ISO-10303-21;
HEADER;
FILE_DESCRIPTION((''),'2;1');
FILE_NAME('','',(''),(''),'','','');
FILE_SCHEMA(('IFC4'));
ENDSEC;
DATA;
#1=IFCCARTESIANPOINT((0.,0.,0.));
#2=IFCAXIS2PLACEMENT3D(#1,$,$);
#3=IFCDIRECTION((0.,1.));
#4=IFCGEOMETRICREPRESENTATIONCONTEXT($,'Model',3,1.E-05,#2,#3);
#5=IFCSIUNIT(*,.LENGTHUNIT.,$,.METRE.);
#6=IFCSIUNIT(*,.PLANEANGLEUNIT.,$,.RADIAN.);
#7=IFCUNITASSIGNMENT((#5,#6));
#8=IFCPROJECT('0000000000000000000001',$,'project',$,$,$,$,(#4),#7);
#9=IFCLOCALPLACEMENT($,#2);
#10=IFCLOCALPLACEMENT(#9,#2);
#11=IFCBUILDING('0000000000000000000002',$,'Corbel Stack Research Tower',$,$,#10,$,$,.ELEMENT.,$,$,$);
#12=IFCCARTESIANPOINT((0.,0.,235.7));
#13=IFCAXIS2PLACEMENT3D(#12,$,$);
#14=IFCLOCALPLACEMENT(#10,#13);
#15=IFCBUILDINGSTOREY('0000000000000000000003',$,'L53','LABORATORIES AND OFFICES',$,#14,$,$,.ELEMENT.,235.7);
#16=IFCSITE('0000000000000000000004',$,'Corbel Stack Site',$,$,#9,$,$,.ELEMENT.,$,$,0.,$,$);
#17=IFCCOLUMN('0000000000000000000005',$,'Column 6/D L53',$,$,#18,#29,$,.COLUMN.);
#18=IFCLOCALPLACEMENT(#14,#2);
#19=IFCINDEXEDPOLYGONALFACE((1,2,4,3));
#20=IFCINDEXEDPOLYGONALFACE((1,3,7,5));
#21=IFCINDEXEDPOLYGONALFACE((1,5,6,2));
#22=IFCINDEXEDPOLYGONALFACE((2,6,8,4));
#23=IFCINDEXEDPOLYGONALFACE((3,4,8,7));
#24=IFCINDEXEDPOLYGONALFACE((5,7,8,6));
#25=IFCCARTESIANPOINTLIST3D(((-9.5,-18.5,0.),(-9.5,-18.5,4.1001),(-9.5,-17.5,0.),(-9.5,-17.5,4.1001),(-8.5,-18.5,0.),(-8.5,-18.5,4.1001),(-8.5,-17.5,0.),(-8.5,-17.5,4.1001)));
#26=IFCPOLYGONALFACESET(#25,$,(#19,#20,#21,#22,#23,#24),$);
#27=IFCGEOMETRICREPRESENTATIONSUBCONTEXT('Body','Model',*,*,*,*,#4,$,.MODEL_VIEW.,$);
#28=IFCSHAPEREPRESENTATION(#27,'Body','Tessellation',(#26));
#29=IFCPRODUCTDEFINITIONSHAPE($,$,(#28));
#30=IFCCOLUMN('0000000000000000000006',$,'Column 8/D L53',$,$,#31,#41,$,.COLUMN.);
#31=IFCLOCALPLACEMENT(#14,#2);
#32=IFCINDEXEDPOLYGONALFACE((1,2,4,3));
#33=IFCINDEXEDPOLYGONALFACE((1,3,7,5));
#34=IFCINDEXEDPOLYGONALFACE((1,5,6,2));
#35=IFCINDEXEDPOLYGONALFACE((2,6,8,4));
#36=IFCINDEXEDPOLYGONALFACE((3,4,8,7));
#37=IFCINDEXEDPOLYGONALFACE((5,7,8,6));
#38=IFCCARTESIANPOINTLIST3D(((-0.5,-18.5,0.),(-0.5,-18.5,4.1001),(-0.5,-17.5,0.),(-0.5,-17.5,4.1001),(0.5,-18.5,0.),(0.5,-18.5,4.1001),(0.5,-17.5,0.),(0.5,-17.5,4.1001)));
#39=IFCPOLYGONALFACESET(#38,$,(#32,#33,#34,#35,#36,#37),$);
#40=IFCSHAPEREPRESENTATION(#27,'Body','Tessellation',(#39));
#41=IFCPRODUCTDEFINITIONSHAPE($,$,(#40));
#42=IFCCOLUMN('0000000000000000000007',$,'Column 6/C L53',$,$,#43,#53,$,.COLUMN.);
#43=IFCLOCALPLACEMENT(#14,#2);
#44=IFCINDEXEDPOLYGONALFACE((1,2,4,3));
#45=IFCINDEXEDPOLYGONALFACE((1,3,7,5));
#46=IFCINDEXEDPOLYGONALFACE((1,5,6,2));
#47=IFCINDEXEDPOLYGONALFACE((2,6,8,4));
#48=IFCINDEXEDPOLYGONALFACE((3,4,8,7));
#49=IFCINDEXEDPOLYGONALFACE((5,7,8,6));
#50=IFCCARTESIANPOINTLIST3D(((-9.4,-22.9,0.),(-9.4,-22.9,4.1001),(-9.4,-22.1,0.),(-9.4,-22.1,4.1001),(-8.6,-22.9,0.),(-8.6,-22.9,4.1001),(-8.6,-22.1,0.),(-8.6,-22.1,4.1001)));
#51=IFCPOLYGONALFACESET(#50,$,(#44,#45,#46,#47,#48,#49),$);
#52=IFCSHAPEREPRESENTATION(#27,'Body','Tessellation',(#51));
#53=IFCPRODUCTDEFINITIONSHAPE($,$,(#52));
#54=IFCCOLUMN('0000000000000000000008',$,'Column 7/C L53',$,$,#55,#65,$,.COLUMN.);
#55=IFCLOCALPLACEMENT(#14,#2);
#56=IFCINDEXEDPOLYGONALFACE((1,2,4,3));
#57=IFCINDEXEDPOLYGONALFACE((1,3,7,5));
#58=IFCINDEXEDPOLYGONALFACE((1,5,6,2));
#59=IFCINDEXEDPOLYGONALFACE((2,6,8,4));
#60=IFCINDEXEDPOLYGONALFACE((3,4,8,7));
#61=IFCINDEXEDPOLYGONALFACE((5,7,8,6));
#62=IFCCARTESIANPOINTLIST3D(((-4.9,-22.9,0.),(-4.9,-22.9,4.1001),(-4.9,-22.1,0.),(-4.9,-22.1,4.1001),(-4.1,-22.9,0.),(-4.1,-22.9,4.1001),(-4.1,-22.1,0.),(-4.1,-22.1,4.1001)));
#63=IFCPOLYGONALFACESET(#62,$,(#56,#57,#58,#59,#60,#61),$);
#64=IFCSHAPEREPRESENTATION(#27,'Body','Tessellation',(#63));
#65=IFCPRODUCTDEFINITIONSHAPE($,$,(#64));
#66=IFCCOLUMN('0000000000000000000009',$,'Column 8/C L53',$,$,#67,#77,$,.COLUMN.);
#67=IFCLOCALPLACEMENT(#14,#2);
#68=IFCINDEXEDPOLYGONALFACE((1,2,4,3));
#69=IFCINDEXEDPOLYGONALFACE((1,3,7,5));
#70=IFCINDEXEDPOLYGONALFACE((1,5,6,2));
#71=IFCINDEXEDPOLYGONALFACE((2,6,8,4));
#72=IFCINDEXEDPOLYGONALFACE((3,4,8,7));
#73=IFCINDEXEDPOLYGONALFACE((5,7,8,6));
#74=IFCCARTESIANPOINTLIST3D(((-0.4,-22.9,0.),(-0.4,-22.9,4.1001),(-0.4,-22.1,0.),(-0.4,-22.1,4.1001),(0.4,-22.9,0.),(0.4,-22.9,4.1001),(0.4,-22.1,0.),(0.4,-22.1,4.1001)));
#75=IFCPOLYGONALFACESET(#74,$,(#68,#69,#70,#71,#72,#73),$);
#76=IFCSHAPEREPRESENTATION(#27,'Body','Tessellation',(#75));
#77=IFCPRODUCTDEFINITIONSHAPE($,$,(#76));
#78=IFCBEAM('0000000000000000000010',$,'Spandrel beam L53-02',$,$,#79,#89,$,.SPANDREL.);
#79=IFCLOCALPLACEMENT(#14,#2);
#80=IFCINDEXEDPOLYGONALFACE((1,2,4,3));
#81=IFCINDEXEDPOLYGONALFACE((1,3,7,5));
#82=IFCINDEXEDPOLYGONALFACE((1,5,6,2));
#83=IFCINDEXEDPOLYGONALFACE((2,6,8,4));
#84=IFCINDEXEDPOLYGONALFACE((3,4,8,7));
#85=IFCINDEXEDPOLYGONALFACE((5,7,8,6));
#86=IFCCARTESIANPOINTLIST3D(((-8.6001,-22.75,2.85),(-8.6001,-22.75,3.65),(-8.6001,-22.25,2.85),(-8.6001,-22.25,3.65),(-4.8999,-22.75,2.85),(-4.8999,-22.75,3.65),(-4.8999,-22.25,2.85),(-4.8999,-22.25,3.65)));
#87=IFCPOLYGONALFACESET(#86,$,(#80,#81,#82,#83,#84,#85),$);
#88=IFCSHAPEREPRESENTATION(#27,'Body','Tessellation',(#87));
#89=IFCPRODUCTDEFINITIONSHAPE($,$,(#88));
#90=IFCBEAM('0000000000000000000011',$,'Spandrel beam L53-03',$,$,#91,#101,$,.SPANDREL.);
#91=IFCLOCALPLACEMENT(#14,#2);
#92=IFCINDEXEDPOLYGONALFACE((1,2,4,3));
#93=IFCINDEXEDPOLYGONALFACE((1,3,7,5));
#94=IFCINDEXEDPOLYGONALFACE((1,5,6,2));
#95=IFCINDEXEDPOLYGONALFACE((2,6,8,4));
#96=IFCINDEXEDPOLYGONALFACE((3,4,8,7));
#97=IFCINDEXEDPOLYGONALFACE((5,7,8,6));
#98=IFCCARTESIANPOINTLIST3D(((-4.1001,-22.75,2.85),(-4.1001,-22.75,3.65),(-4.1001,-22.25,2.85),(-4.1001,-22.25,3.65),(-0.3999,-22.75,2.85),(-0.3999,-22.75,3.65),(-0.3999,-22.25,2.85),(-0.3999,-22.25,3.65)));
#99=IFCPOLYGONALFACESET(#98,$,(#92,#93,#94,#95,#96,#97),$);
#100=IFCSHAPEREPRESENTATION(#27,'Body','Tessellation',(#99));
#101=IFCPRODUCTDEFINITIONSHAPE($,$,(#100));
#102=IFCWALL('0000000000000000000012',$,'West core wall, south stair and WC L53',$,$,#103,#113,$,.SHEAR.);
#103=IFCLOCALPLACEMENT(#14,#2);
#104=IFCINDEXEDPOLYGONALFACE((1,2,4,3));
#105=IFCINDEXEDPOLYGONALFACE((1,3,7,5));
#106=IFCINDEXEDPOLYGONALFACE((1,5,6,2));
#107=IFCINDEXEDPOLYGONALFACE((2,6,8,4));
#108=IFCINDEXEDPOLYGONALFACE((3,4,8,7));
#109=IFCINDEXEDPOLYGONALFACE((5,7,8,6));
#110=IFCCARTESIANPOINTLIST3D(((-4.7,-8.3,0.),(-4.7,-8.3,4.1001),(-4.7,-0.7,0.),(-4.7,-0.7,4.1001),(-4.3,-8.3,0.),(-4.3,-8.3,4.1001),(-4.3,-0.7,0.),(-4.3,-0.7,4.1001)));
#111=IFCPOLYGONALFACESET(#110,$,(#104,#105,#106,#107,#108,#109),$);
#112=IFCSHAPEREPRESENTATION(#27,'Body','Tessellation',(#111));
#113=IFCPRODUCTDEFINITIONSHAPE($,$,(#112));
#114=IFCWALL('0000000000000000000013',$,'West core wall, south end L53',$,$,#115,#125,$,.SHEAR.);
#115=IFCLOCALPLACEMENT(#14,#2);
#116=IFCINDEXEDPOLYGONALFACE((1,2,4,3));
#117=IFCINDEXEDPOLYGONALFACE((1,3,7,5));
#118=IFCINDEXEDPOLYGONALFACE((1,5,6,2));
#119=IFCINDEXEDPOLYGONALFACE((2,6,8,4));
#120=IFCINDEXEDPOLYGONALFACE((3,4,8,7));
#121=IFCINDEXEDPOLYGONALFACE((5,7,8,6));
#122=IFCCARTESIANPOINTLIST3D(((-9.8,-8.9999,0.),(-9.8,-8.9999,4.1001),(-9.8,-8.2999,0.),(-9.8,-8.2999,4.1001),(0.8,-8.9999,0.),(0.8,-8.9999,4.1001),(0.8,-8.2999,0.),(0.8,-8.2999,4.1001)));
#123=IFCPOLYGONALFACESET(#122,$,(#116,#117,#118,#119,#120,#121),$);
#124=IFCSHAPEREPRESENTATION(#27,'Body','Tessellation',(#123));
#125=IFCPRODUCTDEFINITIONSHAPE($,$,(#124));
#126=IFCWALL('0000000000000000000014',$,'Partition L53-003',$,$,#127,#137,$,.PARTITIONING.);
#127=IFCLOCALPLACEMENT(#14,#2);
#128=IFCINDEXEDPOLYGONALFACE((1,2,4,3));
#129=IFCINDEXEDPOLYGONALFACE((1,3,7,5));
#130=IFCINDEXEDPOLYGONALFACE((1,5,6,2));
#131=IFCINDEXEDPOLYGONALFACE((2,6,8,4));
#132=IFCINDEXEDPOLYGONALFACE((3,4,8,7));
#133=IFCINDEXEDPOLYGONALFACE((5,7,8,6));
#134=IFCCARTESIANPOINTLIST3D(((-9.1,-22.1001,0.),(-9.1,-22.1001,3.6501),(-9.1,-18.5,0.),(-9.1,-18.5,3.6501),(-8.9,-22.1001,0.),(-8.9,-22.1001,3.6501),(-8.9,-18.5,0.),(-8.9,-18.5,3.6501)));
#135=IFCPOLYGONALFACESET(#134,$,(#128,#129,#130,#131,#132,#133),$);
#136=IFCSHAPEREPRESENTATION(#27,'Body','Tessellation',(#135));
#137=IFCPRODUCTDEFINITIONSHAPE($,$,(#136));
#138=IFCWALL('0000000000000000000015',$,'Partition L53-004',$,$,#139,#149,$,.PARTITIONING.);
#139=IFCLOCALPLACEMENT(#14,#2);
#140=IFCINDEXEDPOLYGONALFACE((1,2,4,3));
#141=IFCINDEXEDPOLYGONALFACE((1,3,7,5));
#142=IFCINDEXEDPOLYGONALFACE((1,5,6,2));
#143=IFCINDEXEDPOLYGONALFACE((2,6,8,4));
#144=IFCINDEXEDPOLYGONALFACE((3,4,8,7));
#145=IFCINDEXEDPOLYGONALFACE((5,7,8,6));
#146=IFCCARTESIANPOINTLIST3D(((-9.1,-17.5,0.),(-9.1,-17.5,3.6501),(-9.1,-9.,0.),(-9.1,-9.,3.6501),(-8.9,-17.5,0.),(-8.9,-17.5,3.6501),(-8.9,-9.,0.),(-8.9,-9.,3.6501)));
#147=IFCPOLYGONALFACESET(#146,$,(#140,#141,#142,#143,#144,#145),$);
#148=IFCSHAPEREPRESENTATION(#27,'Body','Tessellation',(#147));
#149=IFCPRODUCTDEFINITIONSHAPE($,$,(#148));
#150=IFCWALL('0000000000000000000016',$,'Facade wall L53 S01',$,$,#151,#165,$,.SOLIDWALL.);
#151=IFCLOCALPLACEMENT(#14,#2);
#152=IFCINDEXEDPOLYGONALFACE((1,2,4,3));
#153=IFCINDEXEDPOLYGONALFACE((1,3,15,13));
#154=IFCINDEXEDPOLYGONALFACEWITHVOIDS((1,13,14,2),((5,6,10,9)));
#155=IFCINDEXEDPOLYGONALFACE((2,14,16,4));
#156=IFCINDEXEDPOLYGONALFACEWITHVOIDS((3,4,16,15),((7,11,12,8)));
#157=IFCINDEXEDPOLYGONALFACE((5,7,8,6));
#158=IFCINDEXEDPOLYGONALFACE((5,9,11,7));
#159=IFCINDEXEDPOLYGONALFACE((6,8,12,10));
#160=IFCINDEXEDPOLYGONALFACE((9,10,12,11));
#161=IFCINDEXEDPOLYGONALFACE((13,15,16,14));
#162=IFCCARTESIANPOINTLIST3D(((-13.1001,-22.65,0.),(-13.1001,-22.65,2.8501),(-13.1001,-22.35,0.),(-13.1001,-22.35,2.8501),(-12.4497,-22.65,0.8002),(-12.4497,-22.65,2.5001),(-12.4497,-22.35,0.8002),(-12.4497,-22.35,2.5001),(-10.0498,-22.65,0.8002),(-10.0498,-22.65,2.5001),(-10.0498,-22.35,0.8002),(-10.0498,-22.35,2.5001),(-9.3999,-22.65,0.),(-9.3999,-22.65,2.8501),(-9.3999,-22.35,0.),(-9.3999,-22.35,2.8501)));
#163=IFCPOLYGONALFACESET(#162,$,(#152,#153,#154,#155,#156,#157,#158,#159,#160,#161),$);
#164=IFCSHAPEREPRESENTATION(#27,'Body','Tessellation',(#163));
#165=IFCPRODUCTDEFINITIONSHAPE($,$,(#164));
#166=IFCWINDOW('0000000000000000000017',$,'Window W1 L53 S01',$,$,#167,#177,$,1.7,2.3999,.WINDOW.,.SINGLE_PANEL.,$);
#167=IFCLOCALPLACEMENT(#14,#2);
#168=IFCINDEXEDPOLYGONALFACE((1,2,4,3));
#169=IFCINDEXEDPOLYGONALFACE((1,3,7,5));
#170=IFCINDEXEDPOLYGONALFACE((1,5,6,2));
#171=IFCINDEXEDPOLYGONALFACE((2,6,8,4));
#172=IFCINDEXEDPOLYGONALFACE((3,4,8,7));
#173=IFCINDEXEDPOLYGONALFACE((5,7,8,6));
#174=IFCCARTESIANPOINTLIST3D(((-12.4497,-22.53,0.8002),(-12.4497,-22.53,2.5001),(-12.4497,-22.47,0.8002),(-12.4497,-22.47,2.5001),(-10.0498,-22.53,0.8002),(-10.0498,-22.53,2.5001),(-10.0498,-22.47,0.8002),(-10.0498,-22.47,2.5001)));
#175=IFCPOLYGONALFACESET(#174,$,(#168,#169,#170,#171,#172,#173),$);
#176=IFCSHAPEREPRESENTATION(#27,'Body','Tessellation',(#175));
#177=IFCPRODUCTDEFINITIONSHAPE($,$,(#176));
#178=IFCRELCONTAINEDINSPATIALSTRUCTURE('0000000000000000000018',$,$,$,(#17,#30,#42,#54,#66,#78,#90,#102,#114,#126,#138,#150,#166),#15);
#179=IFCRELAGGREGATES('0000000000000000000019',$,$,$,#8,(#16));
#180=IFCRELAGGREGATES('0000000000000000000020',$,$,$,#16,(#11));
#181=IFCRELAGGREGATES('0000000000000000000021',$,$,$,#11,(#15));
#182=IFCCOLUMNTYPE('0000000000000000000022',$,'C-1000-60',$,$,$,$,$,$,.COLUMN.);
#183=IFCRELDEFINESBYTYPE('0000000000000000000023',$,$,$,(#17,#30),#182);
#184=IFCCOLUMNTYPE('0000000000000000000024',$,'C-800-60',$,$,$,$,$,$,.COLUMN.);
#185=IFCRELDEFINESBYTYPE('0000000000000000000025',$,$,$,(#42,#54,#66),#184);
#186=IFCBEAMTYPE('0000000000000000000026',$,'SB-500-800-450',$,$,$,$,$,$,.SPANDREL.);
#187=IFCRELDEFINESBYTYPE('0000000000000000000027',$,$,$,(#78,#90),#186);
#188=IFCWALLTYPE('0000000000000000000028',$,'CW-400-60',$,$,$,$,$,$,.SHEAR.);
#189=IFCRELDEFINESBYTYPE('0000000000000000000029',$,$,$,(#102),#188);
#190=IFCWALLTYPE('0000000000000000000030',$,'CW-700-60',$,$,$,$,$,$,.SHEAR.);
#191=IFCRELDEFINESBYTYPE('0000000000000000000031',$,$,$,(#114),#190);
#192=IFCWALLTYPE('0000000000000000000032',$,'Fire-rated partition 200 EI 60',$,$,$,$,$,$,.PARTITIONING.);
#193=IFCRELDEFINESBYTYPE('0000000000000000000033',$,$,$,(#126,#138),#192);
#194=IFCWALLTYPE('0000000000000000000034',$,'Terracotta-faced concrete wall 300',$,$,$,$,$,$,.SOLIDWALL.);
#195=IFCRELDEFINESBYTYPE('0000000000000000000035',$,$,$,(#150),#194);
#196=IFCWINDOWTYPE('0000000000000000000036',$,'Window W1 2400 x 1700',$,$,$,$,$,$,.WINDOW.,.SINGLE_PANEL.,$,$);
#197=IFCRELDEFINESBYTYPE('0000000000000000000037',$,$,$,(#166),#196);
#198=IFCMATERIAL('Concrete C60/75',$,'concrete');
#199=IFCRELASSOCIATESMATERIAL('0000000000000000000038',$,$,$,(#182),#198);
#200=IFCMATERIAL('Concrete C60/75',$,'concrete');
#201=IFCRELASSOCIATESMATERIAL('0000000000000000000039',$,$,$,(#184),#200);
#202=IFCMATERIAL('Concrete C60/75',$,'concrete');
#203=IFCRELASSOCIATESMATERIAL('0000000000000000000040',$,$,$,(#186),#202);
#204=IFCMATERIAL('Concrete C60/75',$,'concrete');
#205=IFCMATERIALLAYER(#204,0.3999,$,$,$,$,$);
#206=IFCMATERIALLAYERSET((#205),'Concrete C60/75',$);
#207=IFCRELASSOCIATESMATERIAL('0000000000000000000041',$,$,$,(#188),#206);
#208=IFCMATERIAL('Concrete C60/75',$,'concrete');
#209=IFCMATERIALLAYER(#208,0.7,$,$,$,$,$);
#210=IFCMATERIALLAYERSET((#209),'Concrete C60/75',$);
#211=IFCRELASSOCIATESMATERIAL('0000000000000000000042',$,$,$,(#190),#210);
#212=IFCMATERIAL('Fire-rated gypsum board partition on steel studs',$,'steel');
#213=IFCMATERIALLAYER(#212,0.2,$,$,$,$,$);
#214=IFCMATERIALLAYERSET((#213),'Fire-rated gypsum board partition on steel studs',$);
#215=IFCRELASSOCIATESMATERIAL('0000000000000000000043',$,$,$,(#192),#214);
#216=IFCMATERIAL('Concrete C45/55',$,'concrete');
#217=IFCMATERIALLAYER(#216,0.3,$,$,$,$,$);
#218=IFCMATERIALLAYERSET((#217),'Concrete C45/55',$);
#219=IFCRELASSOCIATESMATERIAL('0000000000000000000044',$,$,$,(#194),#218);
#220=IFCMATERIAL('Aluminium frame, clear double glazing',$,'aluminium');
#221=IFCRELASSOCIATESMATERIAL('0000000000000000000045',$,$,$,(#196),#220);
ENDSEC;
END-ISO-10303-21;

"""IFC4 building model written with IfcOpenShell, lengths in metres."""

from ifc_helpers import new_model, si_unit, direction, frame, frame_2d, origin, origin_2d, place, context, subcontext, project, spatial, rectangle, extrude, material, layer, layer_set, material_profile, profile_set, type_object, element, fill, save


model = new_model("IFC4")

# Units and contexts
model_context = context("Model", 3, precision=1e-05, world=origin(), true_north=direction((0.0, 1.0)))
body_context = subcontext(model_context, "Body", "Model", "MODEL_VIEW")
ifc_project = project(units=[si_unit("LENGTHUNIT", "METRE"), si_unit("PLANEANGLEUNIT", "RADIAN")], contexts=[model_context])

# Site, building, storey
site_placement = place(None, origin())
site = spatial("IfcSite", under=ifc_project, at=site_placement, Name="Corbel Stack Site", CompositionType="ELEMENT", RefElevation=0.0)
building_placement = place(site_placement, origin())
building = spatial("IfcBuilding", under=site, at=building_placement, Name="Corbel Stack Research Tower", CompositionType="ELEMENT")
storey_placement = place(building_placement, frame((0.0, 0.0, 235.7)))
storey = spatial("IfcBuildingStorey", under=building, at=storey_placement, Name="L53", Description="LABORATORIES AND OFFICES", CompositionType="ELEMENT", Elevation=235.7)

# Columns
ifc_material_1 = material(Name="Concrete C60/75", Category="concrete")
ifc_material_profile_1 = material_profile(ifc_material_1, rectangle(XDim=1.0, YDim=1.0, at=origin_2d()), Name="RC 1000 x 1000")
ifc_profile_set_1 = profile_set([ifc_material_profile_1], Name="Concrete C60/75")
column_type_1 = type_object("IfcColumnType", Name="C-1000-60", PredefinedType="COLUMN", material=ifc_profile_set_1)
for number, where, z_axis, x_axis, name in (
    (1, (-9.0, -18.0, 0.0), (0.0, 0.0, 1.0), (1.0, 0.0, 0.0), "Column 6/D L53"),
    (2, (0.0, -18.0, 0.0), (0.0, 0.0, 1.0), (1.0, 0.0, 0.0), "Column 8/D L53"),
):
    element("IfcColumn", number, at=place(storey_placement, frame(where, z_axis=z_axis, x_axis=x_axis)), inside=storey, type_object=column_type_1, Name=name, PredefinedType="COLUMN", context=body_context, shape_type="SweptSolid", body=[
        extrude(rectangle(XDim=1.0, YDim=1.0, at=origin_2d()), origin(), (0.0, 0.0, 1.0), 4.1001),
    ])
ifc_material_2 = material(Name="Concrete C60/75", Category="concrete")
ifc_material_profile_2 = material_profile(ifc_material_2, rectangle(XDim=0.8, YDim=0.8, at=origin_2d()), Name="RC 800 x 800")
ifc_profile_set_2 = profile_set([ifc_material_profile_2], Name="Concrete C60/75")
column_type_2 = type_object("IfcColumnType", Name="C-800-60", PredefinedType="COLUMN", material=ifc_profile_set_2)
for number, where, z_axis, x_axis, name in (
    (3, (-9.0, -22.5, 0.0), (0.0, 0.0, 1.0), (1.0, 0.0, 0.0), "Column 6/C L53"),
    (4, (-4.5, -22.5, 0.0), (0.0, 0.0, 1.0), (1.0, 0.0, 0.0), "Column 7/C L53"),
    (5, (0.0, -22.5, 0.0), (0.0, 0.0, 1.0), (1.0, 0.0, 0.0), "Column 8/C L53"),
):
    element("IfcColumn", number, at=place(storey_placement, frame(where, z_axis=z_axis, x_axis=x_axis)), inside=storey, type_object=column_type_2, Name=name, PredefinedType="COLUMN", context=body_context, shape_type="SweptSolid", body=[
        extrude(rectangle(XDim=0.8, YDim=0.8, at=origin_2d()), origin(), (0.0, 0.0, 1.0), 4.1001),
    ])

# Beams
ifc_material_3 = material(Name="Concrete C60/75", Category="concrete")
ifc_material_profile_3 = material_profile(ifc_material_3, rectangle(XDim=0.5, YDim=0.8, at=origin_2d()), Name="RC 500 x 800")
ifc_profile_set_3 = profile_set([ifc_material_profile_3], Name="Concrete C60/75")
beam_type = type_object("IfcBeamType", Name="SB-500-800-450", PredefinedType="SPANDREL", material=ifc_profile_set_3)
for number, where, z_axis, x_axis, name in (
    (6, (-8.6001, -22.5, 3.25), (1.0, 0.0, 0.0), (0.0, 1.0, 0.0), "Spandrel beam L53-02"),
    (7, (-4.1001, -22.5, 3.25), (1.0, 0.0, 0.0), (0.0, 1.0, 0.0), "Spandrel beam L53-03"),
):
    element("IfcBeam", number, at=place(storey_placement, frame(where, z_axis=z_axis, x_axis=x_axis)), inside=storey, type_object=beam_type, Name=name, PredefinedType="SPANDREL", context=body_context, shape_type="SweptSolid", body=[
        extrude(rectangle(XDim=0.5, YDim=0.8, at=origin_2d()), origin(), (0.0, 0.0, 1.0), 3.7002),
    ])

# Walls
ifc_material_4 = material(Name="Concrete C60/75", Category="concrete")
ifc_layer_1 = layer(ifc_material_4, 0.3999)
ifc_layer_set_1 = layer_set([ifc_layer_1], Name="Concrete C60/75")
wall_type_1 = type_object("IfcWallType", Name="CW-400-60", PredefinedType="SHEAR", material=ifc_layer_set_1)
wall_1_placement = place(storey_placement, frame((-4.5, -8.3, 0.0), z_axis=(0.0, 0.0, 1.0), x_axis=(0.0, 1.0, 0.0)))
element("IfcWall", 8, at=wall_1_placement, inside=storey, type_object=wall_type_1, Name="West core wall, south stair and WC L53", PredefinedType="SHEAR", context=body_context, shape_type="SweptSolid", body=[
    extrude(rectangle(XDim=7.6001, YDim=0.3999, at=frame_2d((3.8, 0.0))), origin(), (0.0, 0.0, 1.0), 4.1001),
])
ifc_material_5 = material(Name="Concrete C60/75", Category="concrete")
ifc_layer_2 = layer(ifc_material_5, 0.7)
ifc_layer_set_2 = layer_set([ifc_layer_2], Name="Concrete C60/75")
wall_type_2 = type_object("IfcWallType", Name="CW-700-60", PredefinedType="SHEAR", material=ifc_layer_set_2)
wall_2_placement = place(storey_placement, frame((-9.8, -8.6499, 0.0), z_axis=(0.0, 0.0, 1.0), x_axis=(1.0, 0.0, 0.0)))
element("IfcWall", 9, at=wall_2_placement, inside=storey, type_object=wall_type_2, Name="West core wall, south end L53", PredefinedType="SHEAR", context=body_context, shape_type="SweptSolid", body=[
    extrude(rectangle(XDim=10.6001, YDim=0.7, at=frame_2d((5.3, 0.0))), origin(), (0.0, 0.0, 1.0), 4.1001),
])
ifc_material_6 = material(Name="Fire-rated gypsum board partition on steel studs", Category="steel")
ifc_layer_3 = layer(ifc_material_6, 0.2)
ifc_layer_set_3 = layer_set([ifc_layer_3], Name="Fire-rated gypsum board partition on steel studs")
wall_type_3 = type_object("IfcWallType", Name="Fire-rated partition 200 EI 60", PredefinedType="PARTITIONING", material=ifc_layer_set_3)
wall_3_placement = place(storey_placement, frame((-9.0, -22.1001, 0.0), z_axis=(0.0, 0.0, 1.0), x_axis=(0.0, 1.0, 0.0)))
element("IfcWall", 10, at=wall_3_placement, inside=storey, type_object=wall_type_3, Name="Partition L53-003", PredefinedType="PARTITIONING", context=body_context, shape_type="SweptSolid", body=[
    extrude(rectangle(XDim=3.6001, YDim=0.2, at=frame_2d((1.8, 0.0))), origin(), (0.0, 0.0, 1.0), 3.6501),
])
wall_4_placement = place(storey_placement, frame((-9.0, -17.5, 0.0), z_axis=(0.0, 0.0, 1.0), x_axis=(0.0, 1.0, 0.0)))
element("IfcWall", 11, at=wall_4_placement, inside=storey, type_object=wall_type_3, Name="Partition L53-004", PredefinedType="PARTITIONING", context=body_context, shape_type="SweptSolid", body=[
    extrude(rectangle(XDim=8.5, YDim=0.2, at=frame_2d((4.25, 0.0))), origin(), (0.0, 0.0, 1.0), 3.6501),
])

# Wall, opening, window
ifc_material_7 = material(Name="Concrete C45/55", Category="concrete")
ifc_layer_4 = layer(ifc_material_7, 0.3)
ifc_layer_set_4 = layer_set([ifc_layer_4], Name="Concrete C45/55")
wall_type_4 = type_object("IfcWallType", Name="Terracotta-faced concrete wall 300", PredefinedType="SOLIDWALL", material=ifc_layer_set_4)
wall_5_placement = place(storey_placement, frame((-9.3999, -22.5, 0.0), z_axis=(0.0, 0.0, 1.0), x_axis=(-1.0, 0.0, 0.0)))
wall_5 = element("IfcWall", 12, at=wall_5_placement, inside=storey, type_object=wall_type_4, Name="Facade wall L53 S01", PredefinedType="SOLIDWALL", context=body_context, shape_type="SweptSolid", body=[
    extrude(rectangle(XDim=3.7002, YDim=0.3, at=frame_2d((1.8501, 0.0))), origin(), (0.0, 0.0, 1.0), 2.8501),
])
opening_1_placement = place(wall_5_placement, frame((0.6499, 0.0, 0.8)))
opening_1 = element("IfcOpeningElement", 13, at=opening_1_placement, cuts=wall_5, PredefinedType="OPENING", context=body_context, shape_type="SweptSolid", body=[
    extrude(rectangle(XDim=2.3999, YDim=1.7, at=frame_2d((1.2, 0.8501))), frame((0.0, 0.1599, 0.0), z_axis=(0.0, -1.0, 0.0), x_axis=(1.0, 0.0, 0.0)), (0.0, 0.0, 1.0), 0.3201),
])
ifc_material_8 = material(Name="Aluminium frame, clear double glazing", Category="aluminium")
window_type = type_object("IfcWindowType", Name="Window W1 2400 x 1700", PartitioningType="SINGLE_PANEL", PredefinedType="WINDOW", material=ifc_material_8)
window_1_placement = place(opening_1_placement, origin())
window_1 = element("IfcWindow", 14, at=window_1_placement, inside=storey, type_object=window_type, Name="Window W1 L53 S01", OverallHeight=1.7, OverallWidth=2.3999, PartitioningType="SINGLE_PANEL", PredefinedType="WINDOW", context=body_context, shape_type="SweptSolid", body=[
    extrude(rectangle(XDim=2.3999, YDim=1.7, at=frame_2d((1.2, 0.8501))), frame((0.0, 0.03, 0.0), z_axis=(0.0, -1.0, 0.0), x_axis=(1.0, 0.0, 0.0)), (0.0, 0.0, 1.0), 0.0601),
])
fill(opening_1, window_1)

save(model, "model.ifc")
